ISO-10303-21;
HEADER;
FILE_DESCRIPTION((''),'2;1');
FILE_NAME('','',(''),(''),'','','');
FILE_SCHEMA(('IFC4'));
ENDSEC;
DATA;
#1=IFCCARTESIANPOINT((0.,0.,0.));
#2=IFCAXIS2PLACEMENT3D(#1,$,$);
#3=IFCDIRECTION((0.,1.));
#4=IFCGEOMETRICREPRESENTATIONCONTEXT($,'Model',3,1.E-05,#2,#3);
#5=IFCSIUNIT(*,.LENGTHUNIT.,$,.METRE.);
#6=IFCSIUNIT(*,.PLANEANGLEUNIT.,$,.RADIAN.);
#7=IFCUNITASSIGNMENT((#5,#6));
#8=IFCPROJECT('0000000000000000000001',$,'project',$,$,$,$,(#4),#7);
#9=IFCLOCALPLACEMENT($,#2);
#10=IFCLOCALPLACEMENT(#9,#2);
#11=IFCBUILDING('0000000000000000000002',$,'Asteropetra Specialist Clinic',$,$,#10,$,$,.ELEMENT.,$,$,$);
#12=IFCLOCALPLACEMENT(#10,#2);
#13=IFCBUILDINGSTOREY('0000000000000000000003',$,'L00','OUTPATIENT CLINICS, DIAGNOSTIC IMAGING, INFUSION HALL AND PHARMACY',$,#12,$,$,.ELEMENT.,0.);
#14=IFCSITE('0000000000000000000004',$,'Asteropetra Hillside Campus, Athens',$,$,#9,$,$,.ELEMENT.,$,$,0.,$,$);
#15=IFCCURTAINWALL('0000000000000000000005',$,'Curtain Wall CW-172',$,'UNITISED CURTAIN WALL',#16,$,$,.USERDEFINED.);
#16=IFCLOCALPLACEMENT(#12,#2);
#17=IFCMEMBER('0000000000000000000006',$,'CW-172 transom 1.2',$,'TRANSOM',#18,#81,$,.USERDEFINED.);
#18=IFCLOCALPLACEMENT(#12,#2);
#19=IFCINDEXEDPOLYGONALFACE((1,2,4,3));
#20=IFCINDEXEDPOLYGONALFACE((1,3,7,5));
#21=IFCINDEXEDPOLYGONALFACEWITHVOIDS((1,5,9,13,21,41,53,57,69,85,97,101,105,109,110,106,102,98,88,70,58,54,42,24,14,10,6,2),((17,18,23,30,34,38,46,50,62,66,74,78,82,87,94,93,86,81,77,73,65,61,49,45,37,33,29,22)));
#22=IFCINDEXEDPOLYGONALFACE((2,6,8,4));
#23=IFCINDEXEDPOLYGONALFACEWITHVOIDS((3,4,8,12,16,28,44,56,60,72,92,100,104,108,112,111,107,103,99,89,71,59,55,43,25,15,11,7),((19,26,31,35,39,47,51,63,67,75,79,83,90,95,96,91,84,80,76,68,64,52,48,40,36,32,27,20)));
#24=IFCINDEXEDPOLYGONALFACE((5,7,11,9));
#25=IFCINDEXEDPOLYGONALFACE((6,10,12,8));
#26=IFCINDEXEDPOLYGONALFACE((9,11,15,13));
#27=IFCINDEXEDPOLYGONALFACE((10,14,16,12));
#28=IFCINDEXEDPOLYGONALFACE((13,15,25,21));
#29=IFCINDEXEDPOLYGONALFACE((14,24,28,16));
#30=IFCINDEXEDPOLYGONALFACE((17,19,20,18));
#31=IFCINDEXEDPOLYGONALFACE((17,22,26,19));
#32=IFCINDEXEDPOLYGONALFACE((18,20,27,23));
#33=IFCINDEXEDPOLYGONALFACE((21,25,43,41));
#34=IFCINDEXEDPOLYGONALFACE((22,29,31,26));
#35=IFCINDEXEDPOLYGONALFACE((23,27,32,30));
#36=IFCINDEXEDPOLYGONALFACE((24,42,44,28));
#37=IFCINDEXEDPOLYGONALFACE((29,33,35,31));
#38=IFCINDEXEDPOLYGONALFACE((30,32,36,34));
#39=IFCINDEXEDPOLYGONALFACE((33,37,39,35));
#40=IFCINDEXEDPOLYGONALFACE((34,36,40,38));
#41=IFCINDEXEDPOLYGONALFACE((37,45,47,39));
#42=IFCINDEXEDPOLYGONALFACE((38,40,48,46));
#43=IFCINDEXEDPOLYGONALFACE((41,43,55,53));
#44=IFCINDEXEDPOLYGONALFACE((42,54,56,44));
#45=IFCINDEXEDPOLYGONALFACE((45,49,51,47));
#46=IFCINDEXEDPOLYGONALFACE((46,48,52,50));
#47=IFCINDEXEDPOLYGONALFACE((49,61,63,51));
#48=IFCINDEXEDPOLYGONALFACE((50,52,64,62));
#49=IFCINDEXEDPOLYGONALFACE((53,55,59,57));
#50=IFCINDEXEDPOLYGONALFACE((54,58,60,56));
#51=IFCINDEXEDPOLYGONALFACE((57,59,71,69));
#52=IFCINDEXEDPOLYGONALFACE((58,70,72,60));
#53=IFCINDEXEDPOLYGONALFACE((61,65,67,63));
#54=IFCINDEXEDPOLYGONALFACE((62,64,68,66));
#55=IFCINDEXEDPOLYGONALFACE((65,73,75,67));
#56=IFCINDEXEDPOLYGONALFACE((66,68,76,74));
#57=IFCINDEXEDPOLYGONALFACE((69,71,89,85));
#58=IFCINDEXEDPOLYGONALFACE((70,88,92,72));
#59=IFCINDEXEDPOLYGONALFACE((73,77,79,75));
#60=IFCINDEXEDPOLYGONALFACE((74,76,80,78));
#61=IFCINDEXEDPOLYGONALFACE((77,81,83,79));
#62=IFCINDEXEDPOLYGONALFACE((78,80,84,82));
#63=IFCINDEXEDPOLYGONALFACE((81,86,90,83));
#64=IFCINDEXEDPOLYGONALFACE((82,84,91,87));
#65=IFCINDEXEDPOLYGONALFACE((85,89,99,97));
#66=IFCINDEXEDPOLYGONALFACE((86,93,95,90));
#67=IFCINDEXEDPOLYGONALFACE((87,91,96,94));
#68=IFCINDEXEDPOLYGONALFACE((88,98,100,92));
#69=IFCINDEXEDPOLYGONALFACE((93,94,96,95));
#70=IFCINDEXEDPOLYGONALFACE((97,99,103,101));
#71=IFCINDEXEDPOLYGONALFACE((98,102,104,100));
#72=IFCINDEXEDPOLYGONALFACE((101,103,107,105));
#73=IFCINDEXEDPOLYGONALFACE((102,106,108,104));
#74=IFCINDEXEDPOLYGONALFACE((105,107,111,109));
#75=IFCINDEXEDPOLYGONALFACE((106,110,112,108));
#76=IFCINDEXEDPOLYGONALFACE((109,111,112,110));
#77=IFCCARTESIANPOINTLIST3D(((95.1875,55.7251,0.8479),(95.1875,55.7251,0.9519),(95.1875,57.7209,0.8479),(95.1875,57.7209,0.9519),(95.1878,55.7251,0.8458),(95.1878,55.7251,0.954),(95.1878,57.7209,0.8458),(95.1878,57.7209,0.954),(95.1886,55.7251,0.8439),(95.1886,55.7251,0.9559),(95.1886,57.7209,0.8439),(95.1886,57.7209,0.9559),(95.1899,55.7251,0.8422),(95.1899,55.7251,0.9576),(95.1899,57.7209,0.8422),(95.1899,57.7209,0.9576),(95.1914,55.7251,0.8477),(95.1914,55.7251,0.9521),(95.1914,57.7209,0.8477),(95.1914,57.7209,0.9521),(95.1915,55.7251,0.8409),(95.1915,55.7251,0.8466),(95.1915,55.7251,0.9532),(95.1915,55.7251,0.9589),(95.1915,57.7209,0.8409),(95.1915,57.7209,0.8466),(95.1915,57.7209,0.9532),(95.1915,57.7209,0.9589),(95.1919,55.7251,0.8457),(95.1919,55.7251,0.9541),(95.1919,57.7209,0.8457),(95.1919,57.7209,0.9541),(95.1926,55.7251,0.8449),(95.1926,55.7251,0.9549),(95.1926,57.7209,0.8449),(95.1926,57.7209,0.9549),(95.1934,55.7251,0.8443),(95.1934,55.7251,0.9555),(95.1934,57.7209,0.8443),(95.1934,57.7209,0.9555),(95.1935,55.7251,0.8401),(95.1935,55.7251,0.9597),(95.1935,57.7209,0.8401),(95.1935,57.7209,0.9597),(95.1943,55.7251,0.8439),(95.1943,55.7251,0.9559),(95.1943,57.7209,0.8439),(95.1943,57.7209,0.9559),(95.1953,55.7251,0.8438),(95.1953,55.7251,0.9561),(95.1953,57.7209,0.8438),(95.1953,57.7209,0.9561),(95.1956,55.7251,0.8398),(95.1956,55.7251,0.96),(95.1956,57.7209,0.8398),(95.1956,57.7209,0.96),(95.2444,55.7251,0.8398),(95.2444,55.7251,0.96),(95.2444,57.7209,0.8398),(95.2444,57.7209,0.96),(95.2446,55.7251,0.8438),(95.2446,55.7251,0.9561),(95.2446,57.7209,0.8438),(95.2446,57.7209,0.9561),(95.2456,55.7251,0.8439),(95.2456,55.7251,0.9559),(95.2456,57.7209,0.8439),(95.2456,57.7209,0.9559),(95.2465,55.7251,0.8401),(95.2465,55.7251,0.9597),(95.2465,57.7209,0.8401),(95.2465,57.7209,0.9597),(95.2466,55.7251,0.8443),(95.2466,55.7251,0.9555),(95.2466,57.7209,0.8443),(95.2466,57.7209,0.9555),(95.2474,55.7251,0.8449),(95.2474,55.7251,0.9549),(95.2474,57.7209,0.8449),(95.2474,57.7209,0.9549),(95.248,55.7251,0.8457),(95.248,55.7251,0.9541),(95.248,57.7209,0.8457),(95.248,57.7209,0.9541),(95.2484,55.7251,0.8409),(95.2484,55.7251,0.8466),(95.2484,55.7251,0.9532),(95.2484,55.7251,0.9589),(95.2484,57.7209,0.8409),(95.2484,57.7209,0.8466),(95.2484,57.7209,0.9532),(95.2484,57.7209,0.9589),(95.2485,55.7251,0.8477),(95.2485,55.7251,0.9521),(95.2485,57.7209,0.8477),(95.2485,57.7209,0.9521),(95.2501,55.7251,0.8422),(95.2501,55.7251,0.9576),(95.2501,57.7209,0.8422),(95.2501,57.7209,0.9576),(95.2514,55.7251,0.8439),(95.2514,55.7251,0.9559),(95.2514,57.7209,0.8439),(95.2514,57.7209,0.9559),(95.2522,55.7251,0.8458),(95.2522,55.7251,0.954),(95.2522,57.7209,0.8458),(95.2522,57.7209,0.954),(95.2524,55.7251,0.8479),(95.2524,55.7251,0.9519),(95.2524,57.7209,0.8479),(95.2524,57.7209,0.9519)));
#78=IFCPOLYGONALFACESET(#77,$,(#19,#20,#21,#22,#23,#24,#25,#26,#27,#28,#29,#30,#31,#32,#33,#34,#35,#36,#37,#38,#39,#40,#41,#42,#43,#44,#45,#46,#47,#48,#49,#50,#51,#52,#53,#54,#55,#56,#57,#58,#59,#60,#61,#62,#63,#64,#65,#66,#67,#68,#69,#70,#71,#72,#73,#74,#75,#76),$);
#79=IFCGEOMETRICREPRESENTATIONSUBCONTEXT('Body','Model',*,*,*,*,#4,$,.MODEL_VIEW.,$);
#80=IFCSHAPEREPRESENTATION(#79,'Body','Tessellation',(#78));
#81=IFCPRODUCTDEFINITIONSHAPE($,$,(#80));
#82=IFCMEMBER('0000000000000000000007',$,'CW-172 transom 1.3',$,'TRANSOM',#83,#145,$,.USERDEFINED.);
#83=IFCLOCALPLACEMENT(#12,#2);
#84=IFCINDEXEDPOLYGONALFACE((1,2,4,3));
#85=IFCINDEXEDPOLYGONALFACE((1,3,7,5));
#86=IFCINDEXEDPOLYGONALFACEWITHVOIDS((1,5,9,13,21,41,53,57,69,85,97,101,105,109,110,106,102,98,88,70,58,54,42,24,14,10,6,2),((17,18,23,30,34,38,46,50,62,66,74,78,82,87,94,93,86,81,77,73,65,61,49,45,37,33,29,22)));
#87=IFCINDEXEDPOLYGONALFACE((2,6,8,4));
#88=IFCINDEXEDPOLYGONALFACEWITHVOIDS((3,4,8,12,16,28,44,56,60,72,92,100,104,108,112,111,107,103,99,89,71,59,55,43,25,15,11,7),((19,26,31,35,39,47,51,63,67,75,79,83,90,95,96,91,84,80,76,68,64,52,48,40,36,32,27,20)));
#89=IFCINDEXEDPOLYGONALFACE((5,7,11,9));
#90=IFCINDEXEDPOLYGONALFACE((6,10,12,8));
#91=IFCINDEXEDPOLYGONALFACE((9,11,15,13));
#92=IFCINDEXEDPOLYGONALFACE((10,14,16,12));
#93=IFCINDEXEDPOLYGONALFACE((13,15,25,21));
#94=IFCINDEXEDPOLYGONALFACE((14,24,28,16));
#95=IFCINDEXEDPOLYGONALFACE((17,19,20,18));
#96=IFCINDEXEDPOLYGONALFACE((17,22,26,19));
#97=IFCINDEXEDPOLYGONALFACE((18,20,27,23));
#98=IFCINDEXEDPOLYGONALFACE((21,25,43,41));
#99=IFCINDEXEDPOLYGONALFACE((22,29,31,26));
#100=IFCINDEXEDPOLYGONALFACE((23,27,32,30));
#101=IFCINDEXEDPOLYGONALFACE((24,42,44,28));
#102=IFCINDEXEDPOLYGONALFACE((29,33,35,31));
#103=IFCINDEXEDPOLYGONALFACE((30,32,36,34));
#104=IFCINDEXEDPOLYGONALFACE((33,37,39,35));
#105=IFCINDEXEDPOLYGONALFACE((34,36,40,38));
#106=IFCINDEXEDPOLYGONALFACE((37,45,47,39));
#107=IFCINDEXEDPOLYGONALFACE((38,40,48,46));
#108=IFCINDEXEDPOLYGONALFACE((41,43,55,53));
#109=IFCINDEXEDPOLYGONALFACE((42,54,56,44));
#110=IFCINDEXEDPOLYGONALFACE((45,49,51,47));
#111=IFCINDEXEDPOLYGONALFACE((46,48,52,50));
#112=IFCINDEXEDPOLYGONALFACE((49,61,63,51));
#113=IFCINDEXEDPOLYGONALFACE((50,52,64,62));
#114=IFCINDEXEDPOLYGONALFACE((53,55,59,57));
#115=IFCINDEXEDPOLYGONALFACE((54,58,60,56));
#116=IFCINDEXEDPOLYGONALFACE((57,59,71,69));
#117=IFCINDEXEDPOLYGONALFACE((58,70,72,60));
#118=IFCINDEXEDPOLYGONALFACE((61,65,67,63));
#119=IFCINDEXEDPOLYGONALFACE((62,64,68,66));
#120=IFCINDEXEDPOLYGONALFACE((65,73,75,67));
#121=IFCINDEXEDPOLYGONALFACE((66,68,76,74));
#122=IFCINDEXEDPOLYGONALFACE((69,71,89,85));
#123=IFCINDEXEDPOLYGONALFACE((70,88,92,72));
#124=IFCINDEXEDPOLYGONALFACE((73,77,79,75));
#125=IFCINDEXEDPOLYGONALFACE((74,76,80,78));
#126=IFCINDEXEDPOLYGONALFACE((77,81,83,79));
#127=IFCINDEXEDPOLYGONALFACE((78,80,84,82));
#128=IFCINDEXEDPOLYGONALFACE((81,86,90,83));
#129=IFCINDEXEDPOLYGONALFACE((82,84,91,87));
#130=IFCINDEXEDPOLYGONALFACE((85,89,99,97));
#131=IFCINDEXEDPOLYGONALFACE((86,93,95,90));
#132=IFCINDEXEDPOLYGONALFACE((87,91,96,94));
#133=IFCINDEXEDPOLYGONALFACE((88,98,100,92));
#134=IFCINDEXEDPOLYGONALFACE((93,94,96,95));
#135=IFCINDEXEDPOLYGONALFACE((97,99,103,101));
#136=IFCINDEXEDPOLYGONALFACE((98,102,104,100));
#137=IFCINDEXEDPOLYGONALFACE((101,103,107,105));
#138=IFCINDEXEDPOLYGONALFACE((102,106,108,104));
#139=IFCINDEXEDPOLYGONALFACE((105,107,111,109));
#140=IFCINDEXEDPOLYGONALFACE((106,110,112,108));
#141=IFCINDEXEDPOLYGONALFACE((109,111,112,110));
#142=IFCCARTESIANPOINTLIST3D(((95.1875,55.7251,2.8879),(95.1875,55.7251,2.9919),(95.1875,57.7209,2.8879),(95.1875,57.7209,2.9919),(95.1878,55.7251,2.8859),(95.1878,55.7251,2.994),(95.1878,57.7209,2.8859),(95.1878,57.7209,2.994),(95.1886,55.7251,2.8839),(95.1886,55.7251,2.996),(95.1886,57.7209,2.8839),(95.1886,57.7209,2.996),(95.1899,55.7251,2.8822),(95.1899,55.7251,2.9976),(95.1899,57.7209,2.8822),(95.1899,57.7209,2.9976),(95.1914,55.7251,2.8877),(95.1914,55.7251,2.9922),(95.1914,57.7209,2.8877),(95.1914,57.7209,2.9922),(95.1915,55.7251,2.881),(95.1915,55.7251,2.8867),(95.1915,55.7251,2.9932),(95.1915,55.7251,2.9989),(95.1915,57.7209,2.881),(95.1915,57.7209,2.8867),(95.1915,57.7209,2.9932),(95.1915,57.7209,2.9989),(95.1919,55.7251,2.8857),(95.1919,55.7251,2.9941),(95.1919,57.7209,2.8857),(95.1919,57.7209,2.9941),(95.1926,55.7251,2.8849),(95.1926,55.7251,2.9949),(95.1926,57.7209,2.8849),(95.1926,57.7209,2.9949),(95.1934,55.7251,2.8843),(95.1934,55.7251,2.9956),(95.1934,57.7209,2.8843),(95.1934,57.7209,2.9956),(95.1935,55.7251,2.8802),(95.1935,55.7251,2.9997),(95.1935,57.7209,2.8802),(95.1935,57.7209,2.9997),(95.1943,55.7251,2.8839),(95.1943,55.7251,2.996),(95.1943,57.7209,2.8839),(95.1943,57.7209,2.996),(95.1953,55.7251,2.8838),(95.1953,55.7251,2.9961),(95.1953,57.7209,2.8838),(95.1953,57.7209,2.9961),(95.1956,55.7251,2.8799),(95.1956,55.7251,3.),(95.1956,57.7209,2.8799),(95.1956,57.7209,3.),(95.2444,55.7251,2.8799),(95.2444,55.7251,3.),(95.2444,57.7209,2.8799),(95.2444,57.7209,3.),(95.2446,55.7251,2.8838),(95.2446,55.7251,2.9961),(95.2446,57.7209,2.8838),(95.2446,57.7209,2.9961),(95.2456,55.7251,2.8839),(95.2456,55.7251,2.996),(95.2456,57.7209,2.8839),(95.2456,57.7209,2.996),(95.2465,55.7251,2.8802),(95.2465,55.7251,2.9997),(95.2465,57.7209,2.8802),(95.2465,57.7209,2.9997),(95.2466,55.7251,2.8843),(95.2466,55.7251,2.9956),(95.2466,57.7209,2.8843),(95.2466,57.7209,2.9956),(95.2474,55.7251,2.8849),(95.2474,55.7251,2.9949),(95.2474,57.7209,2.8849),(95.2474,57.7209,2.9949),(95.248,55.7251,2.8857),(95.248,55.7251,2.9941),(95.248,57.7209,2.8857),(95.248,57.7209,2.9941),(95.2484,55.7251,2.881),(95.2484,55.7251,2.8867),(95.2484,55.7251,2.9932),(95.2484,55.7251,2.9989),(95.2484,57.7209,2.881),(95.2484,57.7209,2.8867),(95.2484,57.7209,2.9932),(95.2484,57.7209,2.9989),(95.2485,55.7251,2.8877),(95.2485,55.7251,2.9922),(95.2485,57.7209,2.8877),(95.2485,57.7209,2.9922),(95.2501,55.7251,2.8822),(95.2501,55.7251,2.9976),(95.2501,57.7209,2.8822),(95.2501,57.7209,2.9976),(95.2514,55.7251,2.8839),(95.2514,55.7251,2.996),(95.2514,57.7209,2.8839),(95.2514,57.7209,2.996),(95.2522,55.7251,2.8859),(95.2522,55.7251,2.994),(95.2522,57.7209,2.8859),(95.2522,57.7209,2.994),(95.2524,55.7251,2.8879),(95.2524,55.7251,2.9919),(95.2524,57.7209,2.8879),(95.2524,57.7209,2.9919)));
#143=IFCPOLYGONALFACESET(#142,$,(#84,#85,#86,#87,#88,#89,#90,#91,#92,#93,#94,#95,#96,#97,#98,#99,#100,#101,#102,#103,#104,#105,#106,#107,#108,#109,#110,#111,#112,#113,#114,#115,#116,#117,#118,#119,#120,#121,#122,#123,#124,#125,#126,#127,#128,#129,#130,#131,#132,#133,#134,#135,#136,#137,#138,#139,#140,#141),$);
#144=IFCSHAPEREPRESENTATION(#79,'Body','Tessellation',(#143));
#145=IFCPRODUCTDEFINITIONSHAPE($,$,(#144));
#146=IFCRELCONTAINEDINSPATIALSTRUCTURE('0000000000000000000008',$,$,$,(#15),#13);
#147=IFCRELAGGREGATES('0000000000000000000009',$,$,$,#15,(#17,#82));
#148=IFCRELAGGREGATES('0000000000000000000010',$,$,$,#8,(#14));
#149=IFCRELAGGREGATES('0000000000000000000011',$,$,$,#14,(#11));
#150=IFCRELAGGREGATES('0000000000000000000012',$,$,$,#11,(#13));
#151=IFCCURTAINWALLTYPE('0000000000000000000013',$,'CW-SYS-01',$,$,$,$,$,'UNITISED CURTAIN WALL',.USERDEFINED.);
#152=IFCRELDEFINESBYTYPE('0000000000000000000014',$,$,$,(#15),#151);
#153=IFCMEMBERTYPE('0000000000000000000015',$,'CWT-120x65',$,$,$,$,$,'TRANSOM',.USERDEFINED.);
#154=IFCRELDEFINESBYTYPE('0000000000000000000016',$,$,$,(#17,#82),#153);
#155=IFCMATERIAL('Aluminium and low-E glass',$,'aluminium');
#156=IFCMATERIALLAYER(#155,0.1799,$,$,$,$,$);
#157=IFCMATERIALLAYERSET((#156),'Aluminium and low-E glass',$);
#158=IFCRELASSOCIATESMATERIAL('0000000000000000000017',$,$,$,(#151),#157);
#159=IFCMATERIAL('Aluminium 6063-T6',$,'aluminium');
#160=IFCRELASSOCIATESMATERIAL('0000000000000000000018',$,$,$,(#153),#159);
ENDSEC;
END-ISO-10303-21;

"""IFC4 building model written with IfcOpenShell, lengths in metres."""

from ifc_helpers import new_model, si_unit, direction, frame, origin, origin_2d, place, context, subcontext, project, spatial, hollow_rectangle, extrude, material, layer, layer_set, material_profile, profile_set, type_object, element, aggregate, save


model = new_model("IFC4")

# Units and contexts
model_context = context("Model", 3, precision=1e-05, world=origin(), true_north=direction((0.0, 1.0)))
body_context = subcontext(model_context, "Body", "Model", "MODEL_VIEW")
ifc_project = project(units=[si_unit("LENGTHUNIT", "METRE"), si_unit("PLANEANGLEUNIT", "RADIAN")], contexts=[model_context])

# Site, building, storey
site_placement = place(None, origin())
site = spatial("IfcSite", under=ifc_project, at=site_placement, Name="Asteropetra Hillside Campus, Athens", CompositionType="ELEMENT", RefElevation=0.0)
building_placement = place(site_placement, origin())
building = spatial("IfcBuilding", under=site, at=building_placement, Name="Asteropetra Specialist Clinic", CompositionType="ELEMENT")
storey_placement = place(building_placement, origin())
storey = spatial("IfcBuildingStorey", under=building, at=storey_placement, Name="L00", Description="OUTPATIENT CLINICS, DIAGNOSTIC IMAGING, INFUSION HALL AND PHARMACY", CompositionType="ELEMENT", Elevation=0.0)

# Curtain wall
ifc_material_1 = material(Name="Aluminium and low-E glass", Category="aluminium")
ifc_layer_1 = layer(ifc_material_1, 0.1799)
ifc_layer_set_1 = layer_set([ifc_layer_1], Name="Aluminium and low-E glass")
curtain_wall_type_1 = type_object("IfcCurtainWallType", Name="CW-SYS-01", ElementType="UNITISED CURTAIN WALL", PredefinedType="USERDEFINED", material=ifc_layer_set_1)
curtain_wall_1_placement = place(storey_placement, origin())
curtain_wall_1 = element("IfcCurtainWall", 1, at=curtain_wall_1_placement, inside=storey, type_object=curtain_wall_type_1, Name="Curtain Wall CW-172", ObjectType="UNITISED CURTAIN WALL", PredefinedType="USERDEFINED")

# Members
ifc_material_2 = material(Name="Aluminium 6063-T6", Category="aluminium")
ifc_material_profile_1 = material_profile(ifc_material_2, hollow_rectangle(XDim=0.0649, YDim=0.1201, WallThickness=0.0039, InnerFilletRadius=0.0039, OuterFilletRadius=0.0081, at=origin_2d()), Name="TRN 120x65x4.0")
ifc_profile_set_1 = profile_set([ifc_material_profile_1], Name="Aluminium 6063-T6")
member_type_1 = type_object("IfcMemberType", Name="CWT-120x65", ElementType="TRANSOM", PredefinedType="USERDEFINED", material=ifc_profile_set_1)
member_1_placement = place(storey_placement, frame((95.22, 55.7251, 0.8999), z_axis=(0.0, 1.0, 0.0), x_axis=(-1.0, 0.0, 0.0)))
member_1 = element("IfcMember", 2, at=member_1_placement, type_object=member_type_1, Name="CW-172 transom 1.2", ObjectType="TRANSOM", PredefinedType="USERDEFINED", context=body_context, shape_type="SweptSolid", body=[
    extrude(hollow_rectangle(XDim=0.0649, YDim=0.1201, WallThickness=0.0039, InnerFilletRadius=0.0039, OuterFilletRadius=0.0081, at=origin_2d()), origin(), (0.0, 0.0, 1.0), 1.9958),
])
member_2_placement = place(storey_placement, frame((95.22, 55.7251, 2.9399), z_axis=(0.0, 1.0, 0.0), x_axis=(-1.0, 0.0, 0.0)))
member_2 = element("IfcMember", 3, at=member_2_placement, type_object=member_type_1, Name="CW-172 transom 1.3", ObjectType="TRANSOM", PredefinedType="USERDEFINED", context=body_context, shape_type="SweptSolid", body=[
    extrude(hollow_rectangle(XDim=0.0649, YDim=0.1201, WallThickness=0.0039, InnerFilletRadius=0.0039, OuterFilletRadius=0.0081, at=origin_2d()), origin(), (0.0, 0.0, 1.0), 1.9958),
])

aggregate(curtain_wall_1, [member_1, member_2])

save(model, "model.ifc")
